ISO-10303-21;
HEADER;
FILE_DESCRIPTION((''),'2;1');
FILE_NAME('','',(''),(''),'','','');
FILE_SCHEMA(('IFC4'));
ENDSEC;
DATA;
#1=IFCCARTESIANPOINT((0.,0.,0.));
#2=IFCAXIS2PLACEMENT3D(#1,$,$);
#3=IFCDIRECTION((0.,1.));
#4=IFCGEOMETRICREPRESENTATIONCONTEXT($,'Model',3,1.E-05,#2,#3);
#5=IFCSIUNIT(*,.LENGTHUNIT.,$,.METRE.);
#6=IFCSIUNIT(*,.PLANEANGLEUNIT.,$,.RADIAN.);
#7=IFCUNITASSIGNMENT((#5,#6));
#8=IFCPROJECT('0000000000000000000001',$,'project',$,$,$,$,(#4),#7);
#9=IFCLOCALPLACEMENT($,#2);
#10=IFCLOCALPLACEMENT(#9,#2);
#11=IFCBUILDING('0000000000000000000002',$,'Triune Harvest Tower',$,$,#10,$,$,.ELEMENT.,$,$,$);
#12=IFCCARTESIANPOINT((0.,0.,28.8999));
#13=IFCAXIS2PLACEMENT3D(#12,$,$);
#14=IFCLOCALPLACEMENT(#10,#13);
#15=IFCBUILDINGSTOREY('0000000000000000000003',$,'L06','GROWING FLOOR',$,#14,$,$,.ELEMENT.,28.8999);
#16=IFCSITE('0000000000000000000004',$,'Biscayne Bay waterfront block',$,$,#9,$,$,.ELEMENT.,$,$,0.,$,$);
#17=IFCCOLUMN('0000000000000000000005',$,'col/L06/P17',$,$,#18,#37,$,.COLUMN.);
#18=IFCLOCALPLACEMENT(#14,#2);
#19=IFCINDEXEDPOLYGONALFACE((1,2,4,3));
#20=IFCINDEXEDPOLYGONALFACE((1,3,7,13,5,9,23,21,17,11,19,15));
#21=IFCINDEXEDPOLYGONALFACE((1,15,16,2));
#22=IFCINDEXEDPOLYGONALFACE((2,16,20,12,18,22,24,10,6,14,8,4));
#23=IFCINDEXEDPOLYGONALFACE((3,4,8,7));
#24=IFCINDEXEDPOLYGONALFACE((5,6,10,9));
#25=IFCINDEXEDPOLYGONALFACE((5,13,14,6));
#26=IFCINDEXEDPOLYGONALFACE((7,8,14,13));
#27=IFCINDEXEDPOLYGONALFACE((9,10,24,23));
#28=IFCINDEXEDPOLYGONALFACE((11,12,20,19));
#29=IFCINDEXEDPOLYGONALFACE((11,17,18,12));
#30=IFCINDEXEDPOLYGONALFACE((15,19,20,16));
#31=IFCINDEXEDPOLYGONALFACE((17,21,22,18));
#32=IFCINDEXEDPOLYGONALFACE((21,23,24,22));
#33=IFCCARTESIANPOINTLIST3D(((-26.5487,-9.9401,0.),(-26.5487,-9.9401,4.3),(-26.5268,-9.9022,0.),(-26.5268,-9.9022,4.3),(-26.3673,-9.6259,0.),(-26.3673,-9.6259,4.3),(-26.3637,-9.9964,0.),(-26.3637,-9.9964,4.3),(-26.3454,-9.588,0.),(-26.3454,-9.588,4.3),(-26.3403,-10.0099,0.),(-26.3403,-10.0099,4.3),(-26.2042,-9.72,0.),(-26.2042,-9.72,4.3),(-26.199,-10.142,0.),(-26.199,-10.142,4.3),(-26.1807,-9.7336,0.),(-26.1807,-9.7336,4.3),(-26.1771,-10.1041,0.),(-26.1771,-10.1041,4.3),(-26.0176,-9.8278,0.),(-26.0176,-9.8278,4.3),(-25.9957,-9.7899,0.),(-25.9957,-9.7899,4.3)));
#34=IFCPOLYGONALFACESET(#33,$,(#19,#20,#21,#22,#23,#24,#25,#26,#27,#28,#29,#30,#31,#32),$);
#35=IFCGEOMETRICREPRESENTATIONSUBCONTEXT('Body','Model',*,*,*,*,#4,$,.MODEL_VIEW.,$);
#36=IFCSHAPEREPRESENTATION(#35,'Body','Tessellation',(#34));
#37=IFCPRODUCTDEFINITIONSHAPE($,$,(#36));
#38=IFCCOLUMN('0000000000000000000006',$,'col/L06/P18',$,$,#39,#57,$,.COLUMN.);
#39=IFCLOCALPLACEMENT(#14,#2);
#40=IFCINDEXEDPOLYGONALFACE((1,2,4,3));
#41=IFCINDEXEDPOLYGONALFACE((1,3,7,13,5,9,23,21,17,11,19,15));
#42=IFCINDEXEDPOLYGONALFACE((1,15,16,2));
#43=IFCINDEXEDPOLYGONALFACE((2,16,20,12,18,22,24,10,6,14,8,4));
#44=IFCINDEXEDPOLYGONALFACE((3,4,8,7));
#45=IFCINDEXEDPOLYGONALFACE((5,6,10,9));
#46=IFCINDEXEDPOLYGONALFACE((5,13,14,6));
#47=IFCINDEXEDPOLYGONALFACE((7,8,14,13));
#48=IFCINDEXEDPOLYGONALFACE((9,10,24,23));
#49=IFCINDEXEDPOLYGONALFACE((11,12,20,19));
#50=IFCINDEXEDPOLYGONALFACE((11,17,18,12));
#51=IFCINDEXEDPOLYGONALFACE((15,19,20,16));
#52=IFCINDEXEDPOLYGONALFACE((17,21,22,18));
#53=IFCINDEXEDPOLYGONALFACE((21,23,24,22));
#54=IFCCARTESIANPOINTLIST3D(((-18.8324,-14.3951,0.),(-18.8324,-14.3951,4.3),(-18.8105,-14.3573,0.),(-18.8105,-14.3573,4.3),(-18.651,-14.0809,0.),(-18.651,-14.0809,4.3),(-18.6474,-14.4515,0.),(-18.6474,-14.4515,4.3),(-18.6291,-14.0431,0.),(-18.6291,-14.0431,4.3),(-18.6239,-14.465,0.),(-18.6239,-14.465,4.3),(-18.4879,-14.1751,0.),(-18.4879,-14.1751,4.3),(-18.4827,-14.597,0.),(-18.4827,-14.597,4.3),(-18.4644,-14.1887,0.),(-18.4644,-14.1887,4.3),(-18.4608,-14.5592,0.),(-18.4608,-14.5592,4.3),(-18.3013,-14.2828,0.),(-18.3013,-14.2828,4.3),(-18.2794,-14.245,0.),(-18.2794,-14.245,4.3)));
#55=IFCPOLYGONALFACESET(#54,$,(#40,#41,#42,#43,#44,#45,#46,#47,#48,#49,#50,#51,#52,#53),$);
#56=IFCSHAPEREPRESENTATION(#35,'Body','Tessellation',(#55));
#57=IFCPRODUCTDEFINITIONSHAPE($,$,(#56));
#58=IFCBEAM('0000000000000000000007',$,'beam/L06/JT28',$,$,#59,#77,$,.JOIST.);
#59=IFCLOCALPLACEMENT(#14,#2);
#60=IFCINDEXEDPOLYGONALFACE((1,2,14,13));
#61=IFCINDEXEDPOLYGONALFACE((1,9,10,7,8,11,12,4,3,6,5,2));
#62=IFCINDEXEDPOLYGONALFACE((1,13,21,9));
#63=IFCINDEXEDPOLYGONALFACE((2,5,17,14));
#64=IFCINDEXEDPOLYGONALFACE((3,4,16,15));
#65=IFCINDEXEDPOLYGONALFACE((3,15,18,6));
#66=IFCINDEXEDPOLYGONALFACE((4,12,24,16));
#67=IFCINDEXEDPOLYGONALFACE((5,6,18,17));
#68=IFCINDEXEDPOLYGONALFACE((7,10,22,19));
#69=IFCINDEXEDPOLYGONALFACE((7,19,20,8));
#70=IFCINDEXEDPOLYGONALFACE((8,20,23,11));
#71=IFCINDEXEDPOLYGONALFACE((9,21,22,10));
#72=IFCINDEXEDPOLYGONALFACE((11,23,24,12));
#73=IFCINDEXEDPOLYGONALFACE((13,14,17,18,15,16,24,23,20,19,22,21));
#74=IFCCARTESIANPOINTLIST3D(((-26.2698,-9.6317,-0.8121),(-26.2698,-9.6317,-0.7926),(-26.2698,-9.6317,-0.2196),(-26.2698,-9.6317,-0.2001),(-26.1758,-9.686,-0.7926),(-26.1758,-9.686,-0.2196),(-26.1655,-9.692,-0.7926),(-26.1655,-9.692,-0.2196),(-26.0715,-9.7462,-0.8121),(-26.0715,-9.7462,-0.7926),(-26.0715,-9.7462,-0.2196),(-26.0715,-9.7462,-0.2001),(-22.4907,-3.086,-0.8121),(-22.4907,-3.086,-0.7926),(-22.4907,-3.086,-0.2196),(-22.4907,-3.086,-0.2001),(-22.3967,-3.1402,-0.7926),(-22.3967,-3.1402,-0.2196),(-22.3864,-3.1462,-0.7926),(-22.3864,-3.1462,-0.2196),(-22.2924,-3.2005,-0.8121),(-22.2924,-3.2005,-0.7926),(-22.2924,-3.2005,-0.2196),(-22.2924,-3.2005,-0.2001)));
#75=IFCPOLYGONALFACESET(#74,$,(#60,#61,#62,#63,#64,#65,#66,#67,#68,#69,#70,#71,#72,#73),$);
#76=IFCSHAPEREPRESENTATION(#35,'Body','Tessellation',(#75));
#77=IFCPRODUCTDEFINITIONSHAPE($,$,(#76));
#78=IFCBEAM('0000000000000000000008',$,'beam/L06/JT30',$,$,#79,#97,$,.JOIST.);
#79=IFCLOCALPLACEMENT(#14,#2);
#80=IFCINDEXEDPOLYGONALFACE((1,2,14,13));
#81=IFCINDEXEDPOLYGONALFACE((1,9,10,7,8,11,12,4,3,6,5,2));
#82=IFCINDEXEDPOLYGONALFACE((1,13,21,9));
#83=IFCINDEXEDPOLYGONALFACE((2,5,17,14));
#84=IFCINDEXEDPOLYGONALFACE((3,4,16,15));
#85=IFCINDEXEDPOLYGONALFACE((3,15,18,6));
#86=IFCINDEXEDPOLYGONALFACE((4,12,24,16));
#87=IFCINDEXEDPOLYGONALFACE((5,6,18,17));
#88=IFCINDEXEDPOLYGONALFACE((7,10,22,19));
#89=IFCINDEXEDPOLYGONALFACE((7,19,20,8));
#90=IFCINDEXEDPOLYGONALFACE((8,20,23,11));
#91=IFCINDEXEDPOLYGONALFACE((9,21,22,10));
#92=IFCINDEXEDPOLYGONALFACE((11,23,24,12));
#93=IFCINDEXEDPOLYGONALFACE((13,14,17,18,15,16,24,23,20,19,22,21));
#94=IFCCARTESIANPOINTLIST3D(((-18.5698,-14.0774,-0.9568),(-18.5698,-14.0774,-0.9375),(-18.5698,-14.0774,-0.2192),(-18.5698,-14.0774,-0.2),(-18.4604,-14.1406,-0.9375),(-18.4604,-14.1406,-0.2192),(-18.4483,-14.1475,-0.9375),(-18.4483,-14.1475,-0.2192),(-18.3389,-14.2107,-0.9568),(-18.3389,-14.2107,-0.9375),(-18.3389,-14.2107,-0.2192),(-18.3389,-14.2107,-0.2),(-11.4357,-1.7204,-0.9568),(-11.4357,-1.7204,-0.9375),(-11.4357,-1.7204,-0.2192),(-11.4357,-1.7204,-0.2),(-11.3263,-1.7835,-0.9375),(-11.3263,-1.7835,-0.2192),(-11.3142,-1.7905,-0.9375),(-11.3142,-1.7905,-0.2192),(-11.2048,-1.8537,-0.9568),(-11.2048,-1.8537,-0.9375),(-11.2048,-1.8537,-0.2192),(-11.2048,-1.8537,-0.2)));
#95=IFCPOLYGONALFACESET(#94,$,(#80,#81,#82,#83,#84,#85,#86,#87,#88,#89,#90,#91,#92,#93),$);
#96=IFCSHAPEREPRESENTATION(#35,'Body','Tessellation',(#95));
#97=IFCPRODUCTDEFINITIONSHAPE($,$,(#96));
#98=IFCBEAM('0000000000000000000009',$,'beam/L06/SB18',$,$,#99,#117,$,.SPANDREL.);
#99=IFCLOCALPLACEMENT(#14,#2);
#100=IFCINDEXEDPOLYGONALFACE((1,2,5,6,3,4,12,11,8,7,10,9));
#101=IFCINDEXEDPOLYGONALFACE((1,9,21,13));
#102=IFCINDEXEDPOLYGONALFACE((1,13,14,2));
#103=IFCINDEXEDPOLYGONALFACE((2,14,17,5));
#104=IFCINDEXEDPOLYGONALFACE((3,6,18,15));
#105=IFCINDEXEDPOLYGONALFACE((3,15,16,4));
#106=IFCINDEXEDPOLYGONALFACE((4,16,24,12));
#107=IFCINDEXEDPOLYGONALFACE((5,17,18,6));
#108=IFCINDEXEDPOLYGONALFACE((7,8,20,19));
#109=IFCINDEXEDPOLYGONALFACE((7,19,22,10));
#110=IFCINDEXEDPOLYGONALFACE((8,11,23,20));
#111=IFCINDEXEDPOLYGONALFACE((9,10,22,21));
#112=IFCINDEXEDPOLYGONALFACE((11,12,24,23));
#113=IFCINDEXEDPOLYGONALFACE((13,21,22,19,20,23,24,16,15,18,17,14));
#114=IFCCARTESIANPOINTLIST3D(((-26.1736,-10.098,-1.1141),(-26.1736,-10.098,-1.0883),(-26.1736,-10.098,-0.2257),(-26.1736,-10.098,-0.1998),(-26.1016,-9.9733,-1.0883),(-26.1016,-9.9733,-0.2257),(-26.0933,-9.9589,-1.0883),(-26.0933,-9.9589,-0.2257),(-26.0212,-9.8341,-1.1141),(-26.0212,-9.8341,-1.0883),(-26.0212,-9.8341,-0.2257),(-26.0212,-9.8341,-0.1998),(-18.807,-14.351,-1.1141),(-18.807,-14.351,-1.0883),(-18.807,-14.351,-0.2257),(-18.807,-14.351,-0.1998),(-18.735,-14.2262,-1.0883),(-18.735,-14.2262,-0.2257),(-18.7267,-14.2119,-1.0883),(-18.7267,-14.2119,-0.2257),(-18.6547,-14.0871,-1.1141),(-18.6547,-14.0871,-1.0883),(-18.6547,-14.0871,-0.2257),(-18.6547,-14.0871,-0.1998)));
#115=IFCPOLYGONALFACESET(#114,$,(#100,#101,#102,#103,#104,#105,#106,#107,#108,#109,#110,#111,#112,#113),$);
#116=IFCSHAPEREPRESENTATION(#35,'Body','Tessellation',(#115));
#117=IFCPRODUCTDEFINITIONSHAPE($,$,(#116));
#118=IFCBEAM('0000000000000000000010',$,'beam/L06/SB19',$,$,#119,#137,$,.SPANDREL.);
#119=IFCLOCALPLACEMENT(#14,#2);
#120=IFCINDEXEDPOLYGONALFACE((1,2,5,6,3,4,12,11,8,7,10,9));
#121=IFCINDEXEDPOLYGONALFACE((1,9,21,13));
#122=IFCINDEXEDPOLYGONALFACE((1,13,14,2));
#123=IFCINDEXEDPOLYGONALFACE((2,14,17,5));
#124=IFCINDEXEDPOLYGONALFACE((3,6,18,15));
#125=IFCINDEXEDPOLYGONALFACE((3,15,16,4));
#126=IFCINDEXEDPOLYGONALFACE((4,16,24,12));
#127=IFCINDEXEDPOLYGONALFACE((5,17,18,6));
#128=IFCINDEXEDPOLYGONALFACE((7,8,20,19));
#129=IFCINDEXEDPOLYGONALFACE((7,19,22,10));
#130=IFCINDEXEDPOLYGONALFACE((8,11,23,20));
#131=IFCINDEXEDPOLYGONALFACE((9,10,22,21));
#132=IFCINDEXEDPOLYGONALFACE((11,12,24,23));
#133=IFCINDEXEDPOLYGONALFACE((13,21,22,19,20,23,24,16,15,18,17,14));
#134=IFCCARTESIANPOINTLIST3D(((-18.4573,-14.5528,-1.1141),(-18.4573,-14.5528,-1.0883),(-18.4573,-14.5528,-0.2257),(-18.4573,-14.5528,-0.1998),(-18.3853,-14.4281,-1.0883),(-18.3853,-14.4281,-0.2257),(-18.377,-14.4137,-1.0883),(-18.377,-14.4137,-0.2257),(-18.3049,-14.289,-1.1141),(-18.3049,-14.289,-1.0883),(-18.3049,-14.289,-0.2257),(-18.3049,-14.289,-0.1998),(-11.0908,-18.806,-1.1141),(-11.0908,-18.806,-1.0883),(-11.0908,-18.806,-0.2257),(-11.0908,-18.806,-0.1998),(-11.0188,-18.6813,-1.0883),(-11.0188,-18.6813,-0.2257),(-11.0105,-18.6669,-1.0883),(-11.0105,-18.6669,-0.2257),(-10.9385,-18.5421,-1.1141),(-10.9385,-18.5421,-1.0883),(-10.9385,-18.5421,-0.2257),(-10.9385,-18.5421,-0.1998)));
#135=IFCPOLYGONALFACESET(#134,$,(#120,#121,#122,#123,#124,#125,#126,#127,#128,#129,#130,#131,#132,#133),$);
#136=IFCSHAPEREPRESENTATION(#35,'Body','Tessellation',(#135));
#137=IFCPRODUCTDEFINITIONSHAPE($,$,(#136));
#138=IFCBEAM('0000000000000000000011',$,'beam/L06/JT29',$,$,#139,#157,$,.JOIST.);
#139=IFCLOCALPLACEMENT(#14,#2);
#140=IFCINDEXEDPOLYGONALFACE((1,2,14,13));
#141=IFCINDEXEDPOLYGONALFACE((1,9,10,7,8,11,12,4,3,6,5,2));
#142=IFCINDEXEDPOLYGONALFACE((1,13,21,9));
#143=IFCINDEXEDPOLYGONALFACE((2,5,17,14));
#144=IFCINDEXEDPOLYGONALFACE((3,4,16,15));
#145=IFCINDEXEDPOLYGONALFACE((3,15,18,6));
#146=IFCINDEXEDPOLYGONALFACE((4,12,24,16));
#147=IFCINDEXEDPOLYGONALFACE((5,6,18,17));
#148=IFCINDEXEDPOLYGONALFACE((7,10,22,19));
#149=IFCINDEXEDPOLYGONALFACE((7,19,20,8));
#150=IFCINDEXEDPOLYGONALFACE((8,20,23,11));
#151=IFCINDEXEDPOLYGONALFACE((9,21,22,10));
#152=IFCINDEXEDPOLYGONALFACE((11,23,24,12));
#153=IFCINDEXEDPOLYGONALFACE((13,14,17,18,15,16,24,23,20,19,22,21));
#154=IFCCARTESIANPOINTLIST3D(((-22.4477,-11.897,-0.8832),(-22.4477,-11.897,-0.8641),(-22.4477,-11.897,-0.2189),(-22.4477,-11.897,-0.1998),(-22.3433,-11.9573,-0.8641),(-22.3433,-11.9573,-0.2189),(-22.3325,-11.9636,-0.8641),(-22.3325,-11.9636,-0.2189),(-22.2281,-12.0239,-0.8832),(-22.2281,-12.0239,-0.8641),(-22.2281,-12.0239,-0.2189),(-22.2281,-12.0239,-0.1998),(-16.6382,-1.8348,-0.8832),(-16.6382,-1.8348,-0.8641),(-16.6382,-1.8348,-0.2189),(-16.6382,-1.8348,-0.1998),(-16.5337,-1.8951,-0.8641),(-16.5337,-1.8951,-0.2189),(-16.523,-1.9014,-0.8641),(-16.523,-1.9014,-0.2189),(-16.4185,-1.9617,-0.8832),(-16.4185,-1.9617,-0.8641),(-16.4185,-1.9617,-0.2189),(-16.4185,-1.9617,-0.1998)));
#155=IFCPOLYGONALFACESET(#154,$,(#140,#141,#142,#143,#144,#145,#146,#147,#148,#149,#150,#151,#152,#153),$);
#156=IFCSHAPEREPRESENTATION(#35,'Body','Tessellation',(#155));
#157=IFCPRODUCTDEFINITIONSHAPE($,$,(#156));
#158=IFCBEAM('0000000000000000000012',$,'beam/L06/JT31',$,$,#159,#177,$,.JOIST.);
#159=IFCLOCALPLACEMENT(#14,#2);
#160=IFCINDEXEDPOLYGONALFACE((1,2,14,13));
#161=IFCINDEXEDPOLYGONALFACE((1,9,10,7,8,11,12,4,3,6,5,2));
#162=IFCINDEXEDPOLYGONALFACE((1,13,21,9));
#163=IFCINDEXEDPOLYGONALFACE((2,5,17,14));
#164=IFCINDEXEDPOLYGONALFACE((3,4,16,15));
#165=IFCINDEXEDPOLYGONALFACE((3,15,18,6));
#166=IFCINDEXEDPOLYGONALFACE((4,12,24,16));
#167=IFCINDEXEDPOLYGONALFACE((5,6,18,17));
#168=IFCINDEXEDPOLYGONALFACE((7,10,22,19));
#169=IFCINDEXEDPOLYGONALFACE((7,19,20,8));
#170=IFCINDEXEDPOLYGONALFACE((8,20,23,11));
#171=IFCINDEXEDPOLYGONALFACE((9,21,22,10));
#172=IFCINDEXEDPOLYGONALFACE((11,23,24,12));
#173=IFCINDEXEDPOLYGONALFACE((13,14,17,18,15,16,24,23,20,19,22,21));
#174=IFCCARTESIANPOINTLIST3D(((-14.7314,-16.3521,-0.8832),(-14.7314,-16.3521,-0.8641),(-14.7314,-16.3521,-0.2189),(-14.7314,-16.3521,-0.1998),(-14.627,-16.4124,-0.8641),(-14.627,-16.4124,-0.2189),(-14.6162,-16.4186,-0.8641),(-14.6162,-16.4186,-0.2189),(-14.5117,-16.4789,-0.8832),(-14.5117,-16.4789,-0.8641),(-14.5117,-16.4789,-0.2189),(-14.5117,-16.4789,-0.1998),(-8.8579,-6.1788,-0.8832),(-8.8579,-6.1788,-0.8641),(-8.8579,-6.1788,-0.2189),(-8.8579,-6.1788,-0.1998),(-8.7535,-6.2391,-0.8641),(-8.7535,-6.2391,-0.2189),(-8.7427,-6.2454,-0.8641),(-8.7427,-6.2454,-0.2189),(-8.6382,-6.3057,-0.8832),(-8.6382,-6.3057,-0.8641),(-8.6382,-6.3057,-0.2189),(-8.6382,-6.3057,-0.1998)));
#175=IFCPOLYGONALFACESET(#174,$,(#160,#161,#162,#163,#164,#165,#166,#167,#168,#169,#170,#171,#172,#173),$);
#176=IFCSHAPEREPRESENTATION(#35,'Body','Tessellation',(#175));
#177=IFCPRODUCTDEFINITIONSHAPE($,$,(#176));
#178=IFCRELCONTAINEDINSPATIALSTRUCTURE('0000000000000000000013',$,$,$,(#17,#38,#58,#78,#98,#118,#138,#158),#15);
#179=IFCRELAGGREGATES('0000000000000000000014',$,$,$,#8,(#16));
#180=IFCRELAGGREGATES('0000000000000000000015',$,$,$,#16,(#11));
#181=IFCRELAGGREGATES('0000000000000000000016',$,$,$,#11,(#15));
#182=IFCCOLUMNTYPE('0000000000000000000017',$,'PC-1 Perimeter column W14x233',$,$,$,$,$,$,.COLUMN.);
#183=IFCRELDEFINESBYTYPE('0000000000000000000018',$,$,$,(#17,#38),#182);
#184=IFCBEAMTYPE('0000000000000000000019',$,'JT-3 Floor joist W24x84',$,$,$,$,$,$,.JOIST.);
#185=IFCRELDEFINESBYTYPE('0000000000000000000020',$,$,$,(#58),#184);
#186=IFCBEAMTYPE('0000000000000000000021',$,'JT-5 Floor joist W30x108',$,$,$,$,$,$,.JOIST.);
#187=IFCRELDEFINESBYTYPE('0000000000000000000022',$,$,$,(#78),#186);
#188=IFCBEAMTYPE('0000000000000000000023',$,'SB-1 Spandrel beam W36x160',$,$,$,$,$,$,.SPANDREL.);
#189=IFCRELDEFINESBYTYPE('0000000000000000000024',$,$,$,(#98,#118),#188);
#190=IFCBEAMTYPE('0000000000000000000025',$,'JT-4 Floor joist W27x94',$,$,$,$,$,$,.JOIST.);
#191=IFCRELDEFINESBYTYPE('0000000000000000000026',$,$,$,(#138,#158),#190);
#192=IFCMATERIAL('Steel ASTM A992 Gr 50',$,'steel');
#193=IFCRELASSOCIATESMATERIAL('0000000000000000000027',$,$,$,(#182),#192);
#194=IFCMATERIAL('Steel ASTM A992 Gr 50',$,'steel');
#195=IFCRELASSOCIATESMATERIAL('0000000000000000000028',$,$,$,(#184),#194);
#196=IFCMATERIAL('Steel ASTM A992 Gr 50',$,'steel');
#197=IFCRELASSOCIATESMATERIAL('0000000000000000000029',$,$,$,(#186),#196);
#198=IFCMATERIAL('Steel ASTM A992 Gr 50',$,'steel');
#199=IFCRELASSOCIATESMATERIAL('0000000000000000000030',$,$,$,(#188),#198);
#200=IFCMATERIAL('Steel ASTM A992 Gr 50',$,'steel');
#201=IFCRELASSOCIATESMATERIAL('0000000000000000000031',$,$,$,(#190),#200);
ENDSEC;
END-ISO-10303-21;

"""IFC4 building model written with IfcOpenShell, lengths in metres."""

from ifc_helpers import new_model, si_unit, direction, frame, origin, origin_2d, place, context, subcontext, project, spatial, i_section, extrude, source, transform, mapped, material, material_profile, profile_set, type_object, element, save


model = new_model("IFC4")

# Units and contexts
model_context = context("Model", 3, precision=1e-05, world=origin(), true_north=direction((0.0, 1.0)))
body_context = subcontext(model_context, "Body", "Model", "MODEL_VIEW")
ifc_project = project(units=[si_unit("LENGTHUNIT", "METRE"), si_unit("PLANEANGLEUNIT", "RADIAN")], contexts=[model_context])

# Site, building, storey
site_placement = place(None, origin())
site = spatial("IfcSite", under=ifc_project, at=site_placement, Name="Biscayne Bay waterfront block", CompositionType="ELEMENT", RefElevation=0.0)
building_placement = place(site_placement, origin())
building = spatial("IfcBuilding", under=site, at=building_placement, Name="Triune Harvest Tower", CompositionType="ELEMENT")
storey_placement = place(building_placement, frame((0.0, 0.0, 28.8999)))
storey = spatial("IfcBuildingStorey", under=building, at=storey_placement, Name="L06", Description="GROWING FLOOR", CompositionType="ELEMENT", Elevation=28.8999)

# Columns
ifc_material_1 = material(Name="Steel ASTM A992 Gr 50", Category="steel")
ifc_material_profile_1 = material_profile(ifc_material_1, i_section(OverallWidth=0.4038, OverallDepth=0.4065, WebThickness=0.0271, FlangeThickness=0.0437, at=origin_2d()), Name="W14x233")
ifc_profile_set_1 = profile_set([ifc_material_profile_1], Name="Steel ASTM A992 Gr 50")
column_type = type_object("IfcColumnType", Name="PC-1 Perimeter column W14x233", PredefinedType="COLUMN", material=ifc_profile_set_1)
shared_shape_1 = source(origin(), body_context, "Body", "SweptSolid", [
    extrude(i_section(OverallWidth=0.4038, OverallDepth=0.4065, WebThickness=0.0271, FlangeThickness=0.0437, at=origin_2d()), origin(), (0.0, 0.0, 1.0), 4.3),
])
for number, where, z_axis, x_axis, name in (
    (1, (-26.2722, -9.865, 0.0), (0.0, 0.0, 1.0), (0.866025, -0.5, 0.0), "col/L06/P17"),
    (2, (-18.5559, -14.3201, 0.0), (0.0, 0.0, 1.0), (0.866025, -0.5, 0.0), "col/L06/P18"),
):
    element("IfcColumn", number, at=place(storey_placement, frame(where, z_axis=z_axis, x_axis=x_axis)), inside=storey, type_object=column_type, Name=name, PredefinedType="COLUMN", context=body_context, shape_type="MappedRepresentation", body=[
        mapped(shared_shape_1, transform((0.0, 0.0, 0.0), scale=1.0)),
    ])

# Beams
ifc_material_2 = material(Name="Steel ASTM A992 Gr 50", Category="steel")
ifc_material_profile_2 = material_profile(ifc_material_2, i_section(OverallWidth=0.229, OverallDepth=0.6121, WebThickness=0.012, FlangeThickness=0.0195, at=origin_2d()), Name="W24x84")
ifc_profile_set_2 = profile_set([ifc_material_profile_2], Name="Steel ASTM A992 Gr 50")
beam_type_1 = type_object("IfcBeamType", Name="JT-3 Floor joist W24x84", PredefinedType="JOIST", material=ifc_profile_set_2)
shared_shape_2 = source(origin(), body_context, "Body", "SweptSolid", [
    extrude(i_section(OverallWidth=0.229, OverallDepth=0.6121, WebThickness=0.012, FlangeThickness=0.0195, at=origin_2d()), origin(), (0.0, 0.0, 1.0), 7.5583),
])
beam_1_placement = place(storey_placement, frame((-26.1707, -9.689, -0.5061), z_axis=(0.499992, 0.86603, 0.0), x_axis=(-0.86603, 0.499992, 0.0)))
element("IfcBeam", 3, at=beam_1_placement, inside=storey, type_object=beam_type_1, Name="beam/L06/JT28", PredefinedType="JOIST", context=body_context, shape_type="MappedRepresentation", body=[
    mapped(shared_shape_2, transform((0.0, 0.0, 0.0), scale=1.0)),
])
ifc_material_3 = material(Name="Steel ASTM A992 Gr 50", Category="steel")
ifc_material_profile_3 = material_profile(ifc_material_3, i_section(OverallWidth=0.2666, OverallDepth=0.7568, WebThickness=0.0139, FlangeThickness=0.0193, at=origin_2d()), Name="W30x108")
ifc_profile_set_3 = profile_set([ifc_material_profile_3], Name="Steel ASTM A992 Gr 50")
beam_type_2 = type_object("IfcBeamType", Name="JT-5 Floor joist W30x108", PredefinedType="JOIST", material=ifc_profile_set_3)
shared_shape_3 = source(origin(), body_context, "Body", "SweptSolid", [
    extrude(i_section(OverallWidth=0.2666, OverallDepth=0.7568, WebThickness=0.0139, FlangeThickness=0.0193, at=origin_2d()), origin(), (0.0, 0.0, 1.0), 14.2686),
])
beam_2_placement = place(storey_placement, frame((-18.4543, -14.144, -0.5784), z_axis=(0.499987, 0.866033, 0.0), x_axis=(-0.866033, 0.499987, 0.0)))
element("IfcBeam", 4, at=beam_2_placement, inside=storey, type_object=beam_type_2, Name="beam/L06/JT30", PredefinedType="JOIST", context=body_context, shape_type="MappedRepresentation", body=[
    mapped(shared_shape_3, transform((0.0, 0.0, 0.0), scale=1.0)),
])
ifc_material_4 = material(Name="Steel ASTM A992 Gr 50", Category="steel")
ifc_material_profile_4 = material_profile(ifc_material_4, i_section(OverallWidth=0.3047, OverallDepth=0.9143, WebThickness=0.0166, FlangeThickness=0.0259, at=origin_2d()), Name="W36x160")
ifc_profile_set_4 = profile_set([ifc_material_profile_4], Name="Steel ASTM A992 Gr 50")
beam_type_3 = type_object("IfcBeamType", Name="SB-1 Spandrel beam W36x160", PredefinedType="SPANDREL", material=ifc_profile_set_4)
shared_shape_4 = source(origin(), body_context, "Body", "SweptSolid", [
    extrude(i_section(OverallWidth=0.3047, OverallDepth=0.9143, WebThickness=0.0166, FlangeThickness=0.0259, at=origin_2d()), origin(), (0.0, 0.0, 1.0), 8.5061),
])
for number, where, z_axis, x_axis, name in (
    (5, (-26.0974, -9.9661, -0.657), (0.86603, -0.499992, 0.0), (0.499992, 0.86603, 0.0), "beam/L06/SB18"),
    (6, (-18.3811, -14.4209, -0.657), (0.866018, -0.500013, 0.0), (0.500013, 0.866018, 0.0), "beam/L06/SB19"),
):
    element("IfcBeam", number, at=place(storey_placement, frame(where, z_axis=z_axis, x_axis=x_axis)), inside=storey, type_object=beam_type_3, Name=name, PredefinedType="SPANDREL", context=body_context, shape_type="MappedRepresentation", body=[
        mapped(shared_shape_4, transform((0.0, 0.0, 0.0), scale=1.0)),
    ])
ifc_material_5 = material(Name="Steel ASTM A992 Gr 50", Category="steel")
ifc_material_profile_5 = material_profile(ifc_material_5, i_section(OverallWidth=0.2537, OverallDepth=0.6833, WebThickness=0.0125, FlangeThickness=0.019, at=origin_2d()), Name="W27x94")
ifc_profile_set_5 = profile_set([ifc_material_profile_5], Name="Steel ASTM A992 Gr 50")
beam_type_4 = type_object("IfcBeamType", Name="JT-4 Floor joist W27x94", PredefinedType="JOIST", material=ifc_profile_set_5)
shared_shape_5 = source(origin(), body_context, "Body", "SweptSolid", [
    extrude(i_section(OverallWidth=0.2537, OverallDepth=0.6833, WebThickness=0.0125, FlangeThickness=0.019, at=origin_2d()), origin(), (0.0, 0.0, 1.0), 11.6189),
])
beam_3_placement = place(storey_placement, frame((-22.3379, -11.9604, -0.5415), z_axis=(0.500008, 0.866021, 0.0), x_axis=(-0.866021, 0.500008, 0.0)))
element("IfcBeam", 7, at=beam_3_placement, inside=storey, type_object=beam_type_4, Name="beam/L06/JT29", PredefinedType="JOIST", context=body_context, shape_type="MappedRepresentation", body=[
    mapped(shared_shape_5, transform((0.0, 0.0, 0.0), scale=1.0)),
])
shared_shape_6 = source(origin(), body_context, "Body", "SweptSolid", [
    extrude(i_section(OverallWidth=0.2537, OverallDepth=0.6833, WebThickness=0.0125, FlangeThickness=0.019, at=origin_2d()), origin(), (0.0, 0.0, 1.0), 11.7471),
])
beam_4_placement = place(storey_placement, frame((-14.6216, -16.4155, -0.5415), z_axis=(0.499997, 0.866027, 0.0), x_axis=(-0.866027, 0.499997, 0.0)))
element("IfcBeam", 8, at=beam_4_placement, inside=storey, type_object=beam_type_4, Name="beam/L06/JT31", PredefinedType="JOIST", context=body_context, shape_type="MappedRepresentation", body=[
    mapped(shared_shape_6, transform((0.0, 0.0, 0.0), scale=1.0)),
])

save(model, "model.ifc")
